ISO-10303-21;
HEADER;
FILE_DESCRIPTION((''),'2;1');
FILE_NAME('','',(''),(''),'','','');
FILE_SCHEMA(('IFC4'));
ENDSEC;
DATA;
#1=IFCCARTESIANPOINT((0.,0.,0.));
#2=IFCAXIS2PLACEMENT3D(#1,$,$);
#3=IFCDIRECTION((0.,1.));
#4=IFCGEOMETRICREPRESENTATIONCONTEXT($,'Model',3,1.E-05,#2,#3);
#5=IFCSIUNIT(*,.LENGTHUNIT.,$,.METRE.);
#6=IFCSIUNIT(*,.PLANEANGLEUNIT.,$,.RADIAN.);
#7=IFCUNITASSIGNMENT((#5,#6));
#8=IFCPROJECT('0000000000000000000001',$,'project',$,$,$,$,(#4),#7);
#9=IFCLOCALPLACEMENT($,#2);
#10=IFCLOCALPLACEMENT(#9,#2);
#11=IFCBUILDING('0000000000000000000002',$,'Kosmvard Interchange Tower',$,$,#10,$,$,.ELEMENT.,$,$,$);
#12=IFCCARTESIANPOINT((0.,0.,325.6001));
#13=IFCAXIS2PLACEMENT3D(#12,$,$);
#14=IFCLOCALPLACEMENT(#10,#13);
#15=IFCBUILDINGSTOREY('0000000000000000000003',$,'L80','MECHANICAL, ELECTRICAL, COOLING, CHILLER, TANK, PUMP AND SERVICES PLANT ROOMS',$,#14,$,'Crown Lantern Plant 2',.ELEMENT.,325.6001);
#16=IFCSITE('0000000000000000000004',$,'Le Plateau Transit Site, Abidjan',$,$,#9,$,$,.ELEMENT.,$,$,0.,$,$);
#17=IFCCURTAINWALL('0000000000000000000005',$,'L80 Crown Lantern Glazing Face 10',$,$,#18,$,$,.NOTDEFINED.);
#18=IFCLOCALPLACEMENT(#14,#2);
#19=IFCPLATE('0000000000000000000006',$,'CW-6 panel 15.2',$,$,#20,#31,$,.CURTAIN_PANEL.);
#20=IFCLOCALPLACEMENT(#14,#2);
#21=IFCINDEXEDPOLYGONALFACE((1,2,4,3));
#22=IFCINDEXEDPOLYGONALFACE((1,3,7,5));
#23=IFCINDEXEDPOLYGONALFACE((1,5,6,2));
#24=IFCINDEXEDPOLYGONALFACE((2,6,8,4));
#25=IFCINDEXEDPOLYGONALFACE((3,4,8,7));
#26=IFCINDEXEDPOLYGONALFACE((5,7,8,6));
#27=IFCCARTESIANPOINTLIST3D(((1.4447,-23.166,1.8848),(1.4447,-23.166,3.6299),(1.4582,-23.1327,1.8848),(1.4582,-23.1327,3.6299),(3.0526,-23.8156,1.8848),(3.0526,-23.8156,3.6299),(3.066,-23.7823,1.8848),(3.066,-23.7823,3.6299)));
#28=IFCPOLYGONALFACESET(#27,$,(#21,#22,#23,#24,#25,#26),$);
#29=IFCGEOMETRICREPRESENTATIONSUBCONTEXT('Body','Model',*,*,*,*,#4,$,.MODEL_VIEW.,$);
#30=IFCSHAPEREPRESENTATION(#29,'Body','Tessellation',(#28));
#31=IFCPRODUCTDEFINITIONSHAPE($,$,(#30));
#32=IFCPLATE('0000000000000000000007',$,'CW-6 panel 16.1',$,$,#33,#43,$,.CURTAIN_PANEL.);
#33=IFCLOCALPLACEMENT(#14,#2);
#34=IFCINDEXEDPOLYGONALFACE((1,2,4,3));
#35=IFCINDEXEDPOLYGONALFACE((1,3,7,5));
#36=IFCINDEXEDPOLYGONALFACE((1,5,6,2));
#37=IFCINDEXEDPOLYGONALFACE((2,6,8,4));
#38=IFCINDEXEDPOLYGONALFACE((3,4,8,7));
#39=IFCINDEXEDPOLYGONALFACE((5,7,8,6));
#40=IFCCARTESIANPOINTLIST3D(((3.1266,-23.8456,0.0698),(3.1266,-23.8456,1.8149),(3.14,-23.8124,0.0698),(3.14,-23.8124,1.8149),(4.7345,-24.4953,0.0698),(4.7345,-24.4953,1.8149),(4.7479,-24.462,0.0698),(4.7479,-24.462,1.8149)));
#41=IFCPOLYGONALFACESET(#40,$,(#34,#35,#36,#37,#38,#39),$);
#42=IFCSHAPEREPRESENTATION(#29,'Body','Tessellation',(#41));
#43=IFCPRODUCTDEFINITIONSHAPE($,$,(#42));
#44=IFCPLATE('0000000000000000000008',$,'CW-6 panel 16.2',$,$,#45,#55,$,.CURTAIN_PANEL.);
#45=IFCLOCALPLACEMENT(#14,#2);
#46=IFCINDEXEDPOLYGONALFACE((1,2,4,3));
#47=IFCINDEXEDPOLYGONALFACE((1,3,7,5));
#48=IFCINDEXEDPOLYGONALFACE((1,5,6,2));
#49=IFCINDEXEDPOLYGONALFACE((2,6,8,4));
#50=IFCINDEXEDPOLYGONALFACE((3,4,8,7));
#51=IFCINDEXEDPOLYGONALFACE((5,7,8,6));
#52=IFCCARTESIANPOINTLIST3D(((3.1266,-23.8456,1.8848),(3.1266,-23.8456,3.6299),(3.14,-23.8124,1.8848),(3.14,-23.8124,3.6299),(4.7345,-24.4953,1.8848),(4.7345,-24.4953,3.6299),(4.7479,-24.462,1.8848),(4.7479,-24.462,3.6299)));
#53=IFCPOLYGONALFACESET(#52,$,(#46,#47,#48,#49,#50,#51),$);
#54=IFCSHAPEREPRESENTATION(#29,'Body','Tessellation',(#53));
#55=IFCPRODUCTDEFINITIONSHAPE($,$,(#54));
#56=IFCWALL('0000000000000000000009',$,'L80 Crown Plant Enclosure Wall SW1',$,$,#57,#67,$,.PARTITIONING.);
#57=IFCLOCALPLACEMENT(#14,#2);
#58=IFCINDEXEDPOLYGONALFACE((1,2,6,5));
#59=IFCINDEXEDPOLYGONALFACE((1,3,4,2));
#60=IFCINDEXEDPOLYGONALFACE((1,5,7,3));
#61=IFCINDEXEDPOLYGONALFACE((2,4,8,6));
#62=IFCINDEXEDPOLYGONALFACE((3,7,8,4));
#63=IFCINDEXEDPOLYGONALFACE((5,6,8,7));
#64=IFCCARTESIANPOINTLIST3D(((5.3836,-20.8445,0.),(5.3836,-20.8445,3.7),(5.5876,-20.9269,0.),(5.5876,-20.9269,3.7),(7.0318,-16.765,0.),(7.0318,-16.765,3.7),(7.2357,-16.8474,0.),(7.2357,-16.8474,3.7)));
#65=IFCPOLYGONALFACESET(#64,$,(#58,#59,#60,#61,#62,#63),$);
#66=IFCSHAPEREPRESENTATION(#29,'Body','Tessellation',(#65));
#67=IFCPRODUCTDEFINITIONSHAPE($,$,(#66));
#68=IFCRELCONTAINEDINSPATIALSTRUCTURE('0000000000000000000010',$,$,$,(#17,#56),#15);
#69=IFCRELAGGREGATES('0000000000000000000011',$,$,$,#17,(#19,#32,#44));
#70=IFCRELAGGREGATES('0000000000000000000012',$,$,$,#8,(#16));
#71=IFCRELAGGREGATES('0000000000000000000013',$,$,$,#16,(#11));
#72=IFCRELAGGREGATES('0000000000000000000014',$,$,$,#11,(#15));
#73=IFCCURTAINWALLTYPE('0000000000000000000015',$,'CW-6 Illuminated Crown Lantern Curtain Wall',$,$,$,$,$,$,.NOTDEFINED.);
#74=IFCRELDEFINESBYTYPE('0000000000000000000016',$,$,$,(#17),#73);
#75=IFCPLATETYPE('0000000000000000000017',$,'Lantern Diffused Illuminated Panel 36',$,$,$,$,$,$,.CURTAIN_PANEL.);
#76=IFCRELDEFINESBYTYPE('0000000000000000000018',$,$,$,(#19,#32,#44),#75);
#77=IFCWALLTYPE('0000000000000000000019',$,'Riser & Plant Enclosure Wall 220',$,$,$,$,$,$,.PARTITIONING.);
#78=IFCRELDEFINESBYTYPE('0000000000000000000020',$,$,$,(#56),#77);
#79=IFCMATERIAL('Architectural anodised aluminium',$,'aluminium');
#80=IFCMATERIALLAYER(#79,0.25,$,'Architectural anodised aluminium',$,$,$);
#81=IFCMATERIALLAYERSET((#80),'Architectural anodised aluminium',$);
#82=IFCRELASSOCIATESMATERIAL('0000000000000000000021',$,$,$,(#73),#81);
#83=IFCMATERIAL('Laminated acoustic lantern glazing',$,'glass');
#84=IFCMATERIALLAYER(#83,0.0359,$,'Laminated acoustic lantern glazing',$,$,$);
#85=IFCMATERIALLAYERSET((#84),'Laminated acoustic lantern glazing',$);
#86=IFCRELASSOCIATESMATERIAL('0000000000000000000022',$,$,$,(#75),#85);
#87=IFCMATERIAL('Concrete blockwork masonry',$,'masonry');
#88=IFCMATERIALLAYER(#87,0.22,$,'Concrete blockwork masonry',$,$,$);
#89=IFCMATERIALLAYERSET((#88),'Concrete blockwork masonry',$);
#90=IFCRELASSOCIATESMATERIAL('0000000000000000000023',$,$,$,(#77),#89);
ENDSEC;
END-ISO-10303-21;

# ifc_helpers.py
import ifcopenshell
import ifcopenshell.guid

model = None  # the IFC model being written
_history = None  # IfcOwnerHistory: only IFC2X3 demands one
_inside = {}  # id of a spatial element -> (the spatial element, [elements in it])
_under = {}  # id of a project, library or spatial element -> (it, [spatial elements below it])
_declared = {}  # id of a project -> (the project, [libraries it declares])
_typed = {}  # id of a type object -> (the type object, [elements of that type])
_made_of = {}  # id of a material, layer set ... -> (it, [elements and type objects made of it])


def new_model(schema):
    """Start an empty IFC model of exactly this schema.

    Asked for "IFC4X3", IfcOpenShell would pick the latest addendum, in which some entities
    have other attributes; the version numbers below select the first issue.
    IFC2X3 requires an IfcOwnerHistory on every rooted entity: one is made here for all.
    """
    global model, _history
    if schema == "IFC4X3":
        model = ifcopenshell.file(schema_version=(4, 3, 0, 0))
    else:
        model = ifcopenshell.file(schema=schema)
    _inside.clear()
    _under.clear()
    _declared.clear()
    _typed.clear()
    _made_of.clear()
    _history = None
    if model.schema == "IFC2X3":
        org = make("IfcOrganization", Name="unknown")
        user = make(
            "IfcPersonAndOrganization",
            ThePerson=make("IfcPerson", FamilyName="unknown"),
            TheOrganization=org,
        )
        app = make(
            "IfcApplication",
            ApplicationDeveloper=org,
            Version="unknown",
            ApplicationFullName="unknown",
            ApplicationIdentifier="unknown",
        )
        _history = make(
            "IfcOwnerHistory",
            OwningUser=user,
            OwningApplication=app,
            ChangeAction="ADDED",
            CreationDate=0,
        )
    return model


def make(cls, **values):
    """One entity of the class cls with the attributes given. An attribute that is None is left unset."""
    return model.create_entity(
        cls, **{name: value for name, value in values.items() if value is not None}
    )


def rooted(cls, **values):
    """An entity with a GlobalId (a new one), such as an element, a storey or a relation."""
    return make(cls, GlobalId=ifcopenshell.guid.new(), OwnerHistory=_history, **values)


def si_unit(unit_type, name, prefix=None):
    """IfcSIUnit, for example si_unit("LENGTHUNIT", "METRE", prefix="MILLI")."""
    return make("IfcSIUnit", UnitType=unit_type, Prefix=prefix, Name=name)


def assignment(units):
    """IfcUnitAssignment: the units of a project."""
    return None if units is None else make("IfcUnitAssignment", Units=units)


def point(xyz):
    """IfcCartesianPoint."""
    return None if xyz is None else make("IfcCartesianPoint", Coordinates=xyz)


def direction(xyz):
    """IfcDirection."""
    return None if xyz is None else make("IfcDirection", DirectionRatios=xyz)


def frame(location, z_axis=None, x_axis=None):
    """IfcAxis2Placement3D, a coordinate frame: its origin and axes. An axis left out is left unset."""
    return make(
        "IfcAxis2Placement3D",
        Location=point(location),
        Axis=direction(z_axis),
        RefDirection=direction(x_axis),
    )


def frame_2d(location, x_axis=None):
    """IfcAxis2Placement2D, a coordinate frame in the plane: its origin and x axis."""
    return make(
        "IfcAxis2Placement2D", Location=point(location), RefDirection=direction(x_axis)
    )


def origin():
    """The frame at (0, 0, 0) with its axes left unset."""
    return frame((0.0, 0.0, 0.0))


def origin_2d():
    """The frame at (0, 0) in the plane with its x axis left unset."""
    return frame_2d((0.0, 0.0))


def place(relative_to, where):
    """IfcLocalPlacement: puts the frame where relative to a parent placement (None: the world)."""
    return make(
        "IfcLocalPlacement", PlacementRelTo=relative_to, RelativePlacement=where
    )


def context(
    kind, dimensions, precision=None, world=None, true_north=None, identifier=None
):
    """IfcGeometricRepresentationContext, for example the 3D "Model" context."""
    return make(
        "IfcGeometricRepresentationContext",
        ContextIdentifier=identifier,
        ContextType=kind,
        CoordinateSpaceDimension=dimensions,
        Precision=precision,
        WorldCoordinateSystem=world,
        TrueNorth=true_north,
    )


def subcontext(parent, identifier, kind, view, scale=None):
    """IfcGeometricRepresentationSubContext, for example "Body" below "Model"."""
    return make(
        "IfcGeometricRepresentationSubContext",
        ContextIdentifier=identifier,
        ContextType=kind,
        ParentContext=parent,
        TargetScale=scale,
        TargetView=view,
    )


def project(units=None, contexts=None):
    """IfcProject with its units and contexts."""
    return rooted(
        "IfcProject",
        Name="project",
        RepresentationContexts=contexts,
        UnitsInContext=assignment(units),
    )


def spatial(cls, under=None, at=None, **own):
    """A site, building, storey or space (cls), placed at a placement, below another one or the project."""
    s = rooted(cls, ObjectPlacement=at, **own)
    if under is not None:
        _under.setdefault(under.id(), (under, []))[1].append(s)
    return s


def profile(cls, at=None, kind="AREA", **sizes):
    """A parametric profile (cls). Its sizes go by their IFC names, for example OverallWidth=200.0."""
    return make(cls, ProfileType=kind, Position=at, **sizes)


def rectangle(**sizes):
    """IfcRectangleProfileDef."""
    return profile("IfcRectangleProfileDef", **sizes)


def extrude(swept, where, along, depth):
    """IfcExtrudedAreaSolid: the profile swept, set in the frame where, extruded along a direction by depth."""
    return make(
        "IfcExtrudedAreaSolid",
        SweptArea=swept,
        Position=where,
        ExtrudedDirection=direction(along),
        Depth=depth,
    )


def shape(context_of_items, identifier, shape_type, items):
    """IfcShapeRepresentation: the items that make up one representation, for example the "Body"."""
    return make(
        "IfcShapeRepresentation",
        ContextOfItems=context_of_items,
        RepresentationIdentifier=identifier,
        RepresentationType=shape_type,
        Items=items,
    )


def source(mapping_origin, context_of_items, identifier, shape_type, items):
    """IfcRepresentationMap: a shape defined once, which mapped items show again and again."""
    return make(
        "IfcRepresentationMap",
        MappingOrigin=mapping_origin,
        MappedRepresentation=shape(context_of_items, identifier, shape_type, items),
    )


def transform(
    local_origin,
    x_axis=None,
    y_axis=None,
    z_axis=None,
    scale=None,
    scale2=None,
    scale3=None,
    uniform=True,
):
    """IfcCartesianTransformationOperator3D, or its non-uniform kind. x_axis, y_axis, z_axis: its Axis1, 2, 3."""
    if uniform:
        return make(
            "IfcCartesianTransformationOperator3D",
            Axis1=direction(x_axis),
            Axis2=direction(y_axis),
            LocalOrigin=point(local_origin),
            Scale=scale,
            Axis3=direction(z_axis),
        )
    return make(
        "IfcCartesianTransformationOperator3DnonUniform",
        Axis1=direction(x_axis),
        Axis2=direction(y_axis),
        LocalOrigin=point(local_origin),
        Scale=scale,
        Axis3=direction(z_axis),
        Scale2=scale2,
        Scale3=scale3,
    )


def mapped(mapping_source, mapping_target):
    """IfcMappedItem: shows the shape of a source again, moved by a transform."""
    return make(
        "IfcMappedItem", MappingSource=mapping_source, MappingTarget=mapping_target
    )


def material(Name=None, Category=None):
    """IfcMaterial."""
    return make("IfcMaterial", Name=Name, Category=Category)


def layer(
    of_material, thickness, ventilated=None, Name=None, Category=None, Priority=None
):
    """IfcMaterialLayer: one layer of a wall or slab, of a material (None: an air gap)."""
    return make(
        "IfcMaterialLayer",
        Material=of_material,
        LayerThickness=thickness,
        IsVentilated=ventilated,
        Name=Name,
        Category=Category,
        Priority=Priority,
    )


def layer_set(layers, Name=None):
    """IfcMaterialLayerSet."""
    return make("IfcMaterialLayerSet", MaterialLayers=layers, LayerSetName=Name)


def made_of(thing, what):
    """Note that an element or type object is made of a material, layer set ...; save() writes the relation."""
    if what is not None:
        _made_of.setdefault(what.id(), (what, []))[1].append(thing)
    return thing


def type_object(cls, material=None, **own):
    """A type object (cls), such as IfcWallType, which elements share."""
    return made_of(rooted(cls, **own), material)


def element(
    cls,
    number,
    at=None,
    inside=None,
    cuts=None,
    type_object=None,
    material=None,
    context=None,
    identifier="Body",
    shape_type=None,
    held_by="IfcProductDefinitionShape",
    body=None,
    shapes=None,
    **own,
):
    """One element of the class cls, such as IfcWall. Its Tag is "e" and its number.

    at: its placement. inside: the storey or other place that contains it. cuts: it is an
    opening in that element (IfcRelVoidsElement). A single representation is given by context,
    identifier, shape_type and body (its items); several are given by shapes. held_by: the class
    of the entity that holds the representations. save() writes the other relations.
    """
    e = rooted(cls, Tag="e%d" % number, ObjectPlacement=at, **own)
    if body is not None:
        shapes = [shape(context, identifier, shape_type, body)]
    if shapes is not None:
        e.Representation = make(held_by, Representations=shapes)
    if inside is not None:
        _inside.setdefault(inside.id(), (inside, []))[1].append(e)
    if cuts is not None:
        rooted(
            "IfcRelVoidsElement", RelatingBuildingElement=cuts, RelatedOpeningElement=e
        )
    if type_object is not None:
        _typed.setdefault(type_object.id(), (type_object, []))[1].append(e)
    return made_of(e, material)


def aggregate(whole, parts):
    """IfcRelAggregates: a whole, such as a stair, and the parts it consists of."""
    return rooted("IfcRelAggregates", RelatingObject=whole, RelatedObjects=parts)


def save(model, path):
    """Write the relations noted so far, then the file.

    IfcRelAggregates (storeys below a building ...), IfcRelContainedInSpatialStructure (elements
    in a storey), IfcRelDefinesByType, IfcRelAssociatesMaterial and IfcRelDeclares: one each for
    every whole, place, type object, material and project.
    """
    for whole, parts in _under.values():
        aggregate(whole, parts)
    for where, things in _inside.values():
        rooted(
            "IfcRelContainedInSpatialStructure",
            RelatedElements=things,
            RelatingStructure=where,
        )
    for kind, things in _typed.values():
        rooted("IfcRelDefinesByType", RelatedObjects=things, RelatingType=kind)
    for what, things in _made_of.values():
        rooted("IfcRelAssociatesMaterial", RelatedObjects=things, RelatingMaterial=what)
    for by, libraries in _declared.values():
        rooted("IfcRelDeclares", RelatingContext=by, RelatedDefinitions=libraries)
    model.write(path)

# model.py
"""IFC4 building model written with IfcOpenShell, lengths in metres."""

from ifc_helpers import new_model, si_unit, direction, frame, frame_2d, origin, origin_2d, place, context, subcontext, project, spatial, rectangle, extrude, source, transform, mapped, material, layer, layer_set, type_object, element, aggregate, save


model = new_model("IFC4")

# Units and contexts
model_context = context("Model", 3, precision=1e-05, world=origin(), true_north=direction((0.0, 1.0)))
body_context = subcontext(model_context, "Body", "Model", "MODEL_VIEW")
ifc_project = project(units=[si_unit("LENGTHUNIT", "METRE"), si_unit("PLANEANGLEUNIT", "RADIAN")], contexts=[model_context])

# Site, building, storey
site_placement = place(None, origin())
site = spatial("IfcSite", under=ifc_project, at=site_placement, Name="Le Plateau Transit Site, Abidjan", CompositionType="ELEMENT", RefElevation=0.0)
building_placement = place(site_placement, origin())
building = spatial("IfcBuilding", under=site, at=building_placement, Name="Kosmvard Interchange Tower", CompositionType="ELEMENT")
storey_placement = place(building_placement, frame((0.0, 0.0, 325.6001)))
storey = spatial("IfcBuildingStorey", under=building, at=storey_placement, Name="L80", Description="MECHANICAL, ELECTRICAL, COOLING, CHILLER, TANK, PUMP AND SERVICES PLANT ROOMS", LongName="Crown Lantern Plant 2", CompositionType="ELEMENT", Elevation=325.6001)

# Curtain wall
ifc_material_1 = material(Name="Architectural anodised aluminium", Category="aluminium")
ifc_layer_1 = layer(ifc_material_1, 0.25, Name="Architectural anodised aluminium")
ifc_layer_set_1 = layer_set([ifc_layer_1], Name="Architectural anodised aluminium")
curtain_wall_type = type_object("IfcCurtainWallType", Name="CW-6 Illuminated Crown Lantern Curtain Wall", PredefinedType="NOTDEFINED", material=ifc_layer_set_1)
curtain_wall_placement = place(storey_placement, origin())
curtain_wall = element("IfcCurtainWall", 1, at=curtain_wall_placement, inside=storey, type_object=curtain_wall_type, Name="L80 Crown Lantern Glazing Face 10", PredefinedType="NOTDEFINED")

# Plates
ifc_material_2 = material(Name="Laminated acoustic lantern glazing", Category="glass")
ifc_layer_2 = layer(ifc_material_2, 0.0359, Name="Laminated acoustic lantern glazing")
ifc_layer_set_2 = layer_set([ifc_layer_2], Name="Laminated acoustic lantern glazing")
plate_type_1 = type_object("IfcPlateType", Name="Lantern Diffused Illuminated Panel 36", PredefinedType="CURTAIN_PANEL", material=ifc_layer_set_2)
shared_shape_1 = source(origin(), body_context, "Body", "SweptSolid", [
    extrude(rectangle(XDim=1.7341, YDim=0.0359, at=origin_2d()), origin(), (0.0, 0.0, 1.0), 1.7451),
])
plate_1_placement = place(storey_placement, frame((2.2554, -23.4741, 1.8848), z_axis=(0.0, 0.0, 1.0), x_axis=(0.927184, -0.374607, 0.0)))
plate_1 = element("IfcPlate", 2, at=plate_1_placement, type_object=plate_type_1, Name="CW-6 panel 15.2", PredefinedType="CURTAIN_PANEL", context=body_context, shape_type="MappedRepresentation", body=[
    mapped(shared_shape_1, transform((0.0, 0.0, 0.0), scale=1.0)),
])
plate_2_placement = place(storey_placement, frame((3.9373, -24.1538, 0.0698), z_axis=(0.0, 0.0, 1.0), x_axis=(0.927184, -0.374607, 0.0)))
plate_2 = element("IfcPlate", 3, at=plate_2_placement, type_object=plate_type_1, Name="CW-6 panel 16.1", PredefinedType="CURTAIN_PANEL", context=body_context, shape_type="MappedRepresentation", body=[
    mapped(shared_shape_1, transform((0.0, 0.0, 0.0), scale=1.0)),
])
plate_3_placement = place(storey_placement, frame((3.9373, -24.1538, 1.8848), z_axis=(0.0, 0.0, 1.0), x_axis=(0.927184, -0.374607, 0.0)))
plate_3 = element("IfcPlate", 4, at=plate_3_placement, type_object=plate_type_1, Name="CW-6 panel 16.2", PredefinedType="CURTAIN_PANEL", context=body_context, shape_type="MappedRepresentation", body=[
    mapped(shared_shape_1, transform((0.0, 0.0, 0.0), scale=1.0)),
])
aggregate(curtain_wall, [plate_1, plate_2, plate_3])

# Wall
ifc_material_3 = material(Name="Concrete blockwork masonry", Category="masonry")
ifc_layer_3 = layer(ifc_material_3, 0.22, Name="Concrete blockwork masonry")
ifc_layer_set_3 = layer_set([ifc_layer_3], Name="Concrete blockwork masonry")
wall_type = type_object("IfcWallType", Name="Riser & Plant Enclosure Wall 220", PredefinedType="PARTITIONING", material=ifc_layer_set_3)
wall_placement = place(storey_placement, frame((5.4856, -20.8857, 0.0), z_axis=(0.0, 0.0, 1.0), x_axis=(0.374593, 0.927189, 0.0)))
element("IfcWall", 5, at=wall_placement, inside=storey, type_object=wall_type, Name="L80 Crown Plant Enclosure Wall SW1", PredefinedType="PARTITIONING", context=body_context, shape_type="SweptSolid", body=[
    extrude(rectangle(XDim=4.3999, YDim=0.22, at=frame_2d((2.2, 0.0))), origin(), (0.0, 0.0, 1.0), 3.7),
])

save(model, "model.ifc")
